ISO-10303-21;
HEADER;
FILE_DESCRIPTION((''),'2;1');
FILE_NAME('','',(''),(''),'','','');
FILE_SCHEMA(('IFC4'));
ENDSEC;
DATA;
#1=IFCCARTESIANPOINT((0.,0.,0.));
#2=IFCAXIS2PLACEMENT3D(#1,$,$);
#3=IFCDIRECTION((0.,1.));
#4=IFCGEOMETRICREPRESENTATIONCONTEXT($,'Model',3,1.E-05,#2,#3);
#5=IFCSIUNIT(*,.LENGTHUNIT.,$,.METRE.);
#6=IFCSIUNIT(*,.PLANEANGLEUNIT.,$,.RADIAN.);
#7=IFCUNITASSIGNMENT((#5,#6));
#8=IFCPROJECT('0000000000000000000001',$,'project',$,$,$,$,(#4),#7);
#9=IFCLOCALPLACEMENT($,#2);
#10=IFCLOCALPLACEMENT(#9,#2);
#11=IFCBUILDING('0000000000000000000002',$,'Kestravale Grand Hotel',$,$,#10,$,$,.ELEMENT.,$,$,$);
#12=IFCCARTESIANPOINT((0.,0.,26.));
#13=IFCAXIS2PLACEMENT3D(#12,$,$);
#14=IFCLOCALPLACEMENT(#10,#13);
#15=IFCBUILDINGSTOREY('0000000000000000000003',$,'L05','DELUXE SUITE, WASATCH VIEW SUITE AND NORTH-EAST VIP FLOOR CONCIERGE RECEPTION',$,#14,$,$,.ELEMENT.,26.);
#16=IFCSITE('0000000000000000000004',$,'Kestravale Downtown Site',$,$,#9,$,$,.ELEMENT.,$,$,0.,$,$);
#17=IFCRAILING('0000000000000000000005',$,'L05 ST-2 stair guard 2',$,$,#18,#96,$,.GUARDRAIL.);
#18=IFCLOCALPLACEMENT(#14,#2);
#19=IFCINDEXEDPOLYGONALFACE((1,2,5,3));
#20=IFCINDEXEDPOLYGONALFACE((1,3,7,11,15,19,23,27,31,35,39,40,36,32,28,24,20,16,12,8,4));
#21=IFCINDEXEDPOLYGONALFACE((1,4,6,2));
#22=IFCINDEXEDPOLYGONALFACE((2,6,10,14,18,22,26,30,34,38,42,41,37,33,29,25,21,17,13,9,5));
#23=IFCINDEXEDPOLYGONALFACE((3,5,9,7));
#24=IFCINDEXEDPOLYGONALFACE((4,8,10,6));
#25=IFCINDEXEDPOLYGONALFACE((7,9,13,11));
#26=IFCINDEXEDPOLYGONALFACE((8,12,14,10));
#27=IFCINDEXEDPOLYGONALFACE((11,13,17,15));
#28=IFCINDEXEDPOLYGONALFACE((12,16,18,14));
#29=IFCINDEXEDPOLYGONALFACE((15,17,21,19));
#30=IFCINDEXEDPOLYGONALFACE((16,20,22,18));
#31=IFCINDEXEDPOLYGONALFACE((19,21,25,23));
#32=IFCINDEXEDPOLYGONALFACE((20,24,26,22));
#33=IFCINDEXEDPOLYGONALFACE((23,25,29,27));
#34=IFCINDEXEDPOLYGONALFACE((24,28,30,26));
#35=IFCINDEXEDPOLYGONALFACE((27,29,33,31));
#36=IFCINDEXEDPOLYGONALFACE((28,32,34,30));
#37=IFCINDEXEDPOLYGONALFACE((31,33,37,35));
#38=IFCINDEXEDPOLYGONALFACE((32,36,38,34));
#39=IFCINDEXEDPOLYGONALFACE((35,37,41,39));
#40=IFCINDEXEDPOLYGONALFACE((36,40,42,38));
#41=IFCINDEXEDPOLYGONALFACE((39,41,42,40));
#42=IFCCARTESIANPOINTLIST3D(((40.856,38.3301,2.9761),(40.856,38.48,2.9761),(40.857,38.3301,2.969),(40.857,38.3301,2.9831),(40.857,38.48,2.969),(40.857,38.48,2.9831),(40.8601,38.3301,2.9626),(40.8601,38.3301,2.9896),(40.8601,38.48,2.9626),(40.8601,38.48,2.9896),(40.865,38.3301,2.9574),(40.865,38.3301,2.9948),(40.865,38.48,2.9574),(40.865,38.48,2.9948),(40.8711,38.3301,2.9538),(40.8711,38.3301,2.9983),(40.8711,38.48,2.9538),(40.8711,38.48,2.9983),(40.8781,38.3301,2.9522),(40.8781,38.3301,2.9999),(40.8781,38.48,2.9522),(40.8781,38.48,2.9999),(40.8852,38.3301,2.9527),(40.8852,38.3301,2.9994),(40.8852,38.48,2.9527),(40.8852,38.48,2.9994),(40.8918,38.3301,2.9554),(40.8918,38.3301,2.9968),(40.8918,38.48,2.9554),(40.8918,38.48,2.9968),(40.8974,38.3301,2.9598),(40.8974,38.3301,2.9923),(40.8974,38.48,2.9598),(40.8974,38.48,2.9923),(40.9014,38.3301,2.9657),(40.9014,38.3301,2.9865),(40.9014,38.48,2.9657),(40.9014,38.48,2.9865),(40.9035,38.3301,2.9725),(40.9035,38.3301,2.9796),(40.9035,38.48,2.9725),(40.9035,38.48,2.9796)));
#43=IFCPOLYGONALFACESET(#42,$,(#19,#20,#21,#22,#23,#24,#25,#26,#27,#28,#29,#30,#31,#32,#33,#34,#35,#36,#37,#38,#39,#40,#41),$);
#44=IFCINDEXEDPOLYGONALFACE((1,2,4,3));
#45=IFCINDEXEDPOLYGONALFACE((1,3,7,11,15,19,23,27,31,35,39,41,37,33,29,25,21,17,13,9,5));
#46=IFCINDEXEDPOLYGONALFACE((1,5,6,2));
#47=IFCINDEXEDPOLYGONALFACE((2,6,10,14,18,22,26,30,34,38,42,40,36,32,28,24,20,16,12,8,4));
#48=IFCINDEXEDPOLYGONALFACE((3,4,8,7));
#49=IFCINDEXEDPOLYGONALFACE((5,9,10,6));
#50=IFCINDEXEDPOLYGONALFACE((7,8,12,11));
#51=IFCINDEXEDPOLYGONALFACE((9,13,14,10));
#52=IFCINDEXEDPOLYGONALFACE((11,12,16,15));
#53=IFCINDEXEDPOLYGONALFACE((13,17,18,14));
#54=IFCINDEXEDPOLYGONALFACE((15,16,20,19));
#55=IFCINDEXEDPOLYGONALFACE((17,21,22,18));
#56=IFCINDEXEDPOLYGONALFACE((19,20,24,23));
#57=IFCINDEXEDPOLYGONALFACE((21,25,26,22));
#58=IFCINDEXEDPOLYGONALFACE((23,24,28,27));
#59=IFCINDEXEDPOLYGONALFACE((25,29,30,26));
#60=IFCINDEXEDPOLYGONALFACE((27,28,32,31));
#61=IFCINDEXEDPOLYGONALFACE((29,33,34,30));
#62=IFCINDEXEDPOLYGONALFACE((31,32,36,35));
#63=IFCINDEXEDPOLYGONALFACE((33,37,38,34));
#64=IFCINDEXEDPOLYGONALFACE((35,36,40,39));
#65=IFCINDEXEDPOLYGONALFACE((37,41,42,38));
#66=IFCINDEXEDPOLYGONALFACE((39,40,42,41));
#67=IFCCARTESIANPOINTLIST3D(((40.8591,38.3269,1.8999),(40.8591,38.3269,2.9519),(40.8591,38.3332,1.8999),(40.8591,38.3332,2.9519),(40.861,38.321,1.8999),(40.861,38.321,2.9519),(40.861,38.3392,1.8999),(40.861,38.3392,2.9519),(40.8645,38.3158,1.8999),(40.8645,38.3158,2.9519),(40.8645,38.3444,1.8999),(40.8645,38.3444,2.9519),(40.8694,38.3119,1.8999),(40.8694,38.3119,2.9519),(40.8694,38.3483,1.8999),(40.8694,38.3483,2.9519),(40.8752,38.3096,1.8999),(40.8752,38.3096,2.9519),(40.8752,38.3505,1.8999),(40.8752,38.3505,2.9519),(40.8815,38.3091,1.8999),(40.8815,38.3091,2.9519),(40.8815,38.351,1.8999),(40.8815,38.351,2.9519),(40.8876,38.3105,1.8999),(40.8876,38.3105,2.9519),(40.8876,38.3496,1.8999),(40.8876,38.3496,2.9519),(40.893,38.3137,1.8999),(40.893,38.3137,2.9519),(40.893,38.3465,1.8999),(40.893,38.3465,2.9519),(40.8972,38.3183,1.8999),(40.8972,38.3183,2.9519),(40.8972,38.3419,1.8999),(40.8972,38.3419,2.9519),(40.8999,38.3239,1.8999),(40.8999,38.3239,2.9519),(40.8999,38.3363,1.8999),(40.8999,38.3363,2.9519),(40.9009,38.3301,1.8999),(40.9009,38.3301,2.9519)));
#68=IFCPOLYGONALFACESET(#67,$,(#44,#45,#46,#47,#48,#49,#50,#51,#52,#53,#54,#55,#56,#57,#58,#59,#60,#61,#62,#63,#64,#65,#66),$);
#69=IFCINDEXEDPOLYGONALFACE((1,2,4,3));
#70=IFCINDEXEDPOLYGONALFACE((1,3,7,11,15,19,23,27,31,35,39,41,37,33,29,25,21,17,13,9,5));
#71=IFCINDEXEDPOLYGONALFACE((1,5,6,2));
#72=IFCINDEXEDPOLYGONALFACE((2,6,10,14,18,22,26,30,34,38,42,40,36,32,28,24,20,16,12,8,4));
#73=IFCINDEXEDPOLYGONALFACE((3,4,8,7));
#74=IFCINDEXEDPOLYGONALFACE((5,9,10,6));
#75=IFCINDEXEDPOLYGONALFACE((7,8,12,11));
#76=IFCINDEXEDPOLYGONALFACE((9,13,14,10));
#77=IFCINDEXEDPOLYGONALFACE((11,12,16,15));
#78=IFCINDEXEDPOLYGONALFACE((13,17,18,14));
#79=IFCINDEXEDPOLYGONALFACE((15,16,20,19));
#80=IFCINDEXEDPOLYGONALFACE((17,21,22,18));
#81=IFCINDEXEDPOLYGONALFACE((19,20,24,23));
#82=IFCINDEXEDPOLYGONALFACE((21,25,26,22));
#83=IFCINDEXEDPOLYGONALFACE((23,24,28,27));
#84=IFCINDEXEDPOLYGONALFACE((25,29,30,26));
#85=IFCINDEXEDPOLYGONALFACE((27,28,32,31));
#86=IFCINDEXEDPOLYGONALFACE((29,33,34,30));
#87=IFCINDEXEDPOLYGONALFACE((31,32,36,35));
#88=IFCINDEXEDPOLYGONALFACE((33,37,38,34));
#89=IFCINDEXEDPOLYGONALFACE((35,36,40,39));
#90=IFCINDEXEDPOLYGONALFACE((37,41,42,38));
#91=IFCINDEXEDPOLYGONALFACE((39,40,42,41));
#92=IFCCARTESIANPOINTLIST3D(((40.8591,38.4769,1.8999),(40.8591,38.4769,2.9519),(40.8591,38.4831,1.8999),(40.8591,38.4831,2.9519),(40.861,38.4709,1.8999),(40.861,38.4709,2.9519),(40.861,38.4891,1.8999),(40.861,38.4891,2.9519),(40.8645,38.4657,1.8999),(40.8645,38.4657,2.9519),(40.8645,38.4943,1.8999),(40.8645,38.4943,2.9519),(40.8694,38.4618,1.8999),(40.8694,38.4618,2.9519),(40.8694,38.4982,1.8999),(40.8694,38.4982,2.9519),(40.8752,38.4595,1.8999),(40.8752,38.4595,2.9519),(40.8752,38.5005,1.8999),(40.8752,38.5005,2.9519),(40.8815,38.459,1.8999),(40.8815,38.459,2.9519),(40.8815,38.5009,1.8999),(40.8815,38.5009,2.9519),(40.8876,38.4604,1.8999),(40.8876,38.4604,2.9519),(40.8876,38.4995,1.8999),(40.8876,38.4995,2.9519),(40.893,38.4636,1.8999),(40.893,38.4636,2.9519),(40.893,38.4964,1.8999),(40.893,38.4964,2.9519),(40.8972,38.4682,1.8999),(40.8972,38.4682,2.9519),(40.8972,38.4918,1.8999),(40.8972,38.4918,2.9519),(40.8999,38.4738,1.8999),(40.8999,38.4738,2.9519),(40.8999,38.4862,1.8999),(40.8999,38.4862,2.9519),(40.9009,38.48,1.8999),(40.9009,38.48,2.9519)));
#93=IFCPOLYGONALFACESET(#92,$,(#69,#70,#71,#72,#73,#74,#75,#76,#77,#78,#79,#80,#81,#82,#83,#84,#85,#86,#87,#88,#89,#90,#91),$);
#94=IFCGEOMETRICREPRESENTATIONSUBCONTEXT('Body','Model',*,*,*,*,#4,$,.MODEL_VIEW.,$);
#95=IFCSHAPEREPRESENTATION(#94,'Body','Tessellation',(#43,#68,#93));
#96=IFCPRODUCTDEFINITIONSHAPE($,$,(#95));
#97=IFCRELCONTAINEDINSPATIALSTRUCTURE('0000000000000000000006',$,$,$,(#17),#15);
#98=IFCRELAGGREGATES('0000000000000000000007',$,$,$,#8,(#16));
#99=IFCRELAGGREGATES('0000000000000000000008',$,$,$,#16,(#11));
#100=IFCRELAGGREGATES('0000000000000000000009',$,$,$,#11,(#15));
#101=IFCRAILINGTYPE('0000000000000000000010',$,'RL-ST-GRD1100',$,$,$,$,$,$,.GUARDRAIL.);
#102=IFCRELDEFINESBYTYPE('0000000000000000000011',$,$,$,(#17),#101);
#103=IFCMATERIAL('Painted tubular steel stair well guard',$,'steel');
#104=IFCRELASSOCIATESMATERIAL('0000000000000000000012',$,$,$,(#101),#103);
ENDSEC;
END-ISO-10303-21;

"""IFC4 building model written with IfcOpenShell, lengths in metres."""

from ifc_helpers import new_model, si_unit, direction, frame, origin, origin_2d, place, context, subcontext, project, spatial, circle, extrude, material, type_object, element, save


model = new_model("IFC4")

# Units and contexts
model_context = context("Model", 3, precision=1e-05, world=origin(), true_north=direction((0.0, 1.0)))
body_context = subcontext(model_context, "Body", "Model", "MODEL_VIEW")
ifc_project = project(units=[si_unit("LENGTHUNIT", "METRE"), si_unit("PLANEANGLEUNIT", "RADIAN")], contexts=[model_context])

# Site, building, storey
site_placement = place(None, origin())
site = spatial("IfcSite", under=ifc_project, at=site_placement, Name="Kestravale Downtown Site", CompositionType="ELEMENT", RefElevation=0.0)
building_placement = place(site_placement, origin())
building = spatial("IfcBuilding", under=site, at=building_placement, Name="Kestravale Grand Hotel", CompositionType="ELEMENT")
storey_placement = place(building_placement, frame((0.0, 0.0, 26.0)))
storey = spatial("IfcBuildingStorey", under=building, at=storey_placement, Name="L05", Description="DELUXE SUITE, WASATCH VIEW SUITE AND NORTH-EAST VIP FLOOR CONCIERGE RECEPTION", CompositionType="ELEMENT", Elevation=26.0)

# Railing
ifc_material_1 = material(Name="Painted tubular steel stair well guard", Category="steel")
railing_type_1 = type_object("IfcRailingType", Name="RL-ST-GRD1100", PredefinedType="GUARDRAIL", material=ifc_material_1)
railing_1_placement = place(storey_placement, frame((40.8799, 38.3301, 1.8999)))
element("IfcRailing", 1, at=railing_1_placement, inside=storey, type_object=railing_type_1, Name="L05 ST-2 stair guard 2", PredefinedType="GUARDRAIL", context=body_context, shape_type="SweptSolid", body=[
    extrude(circle(Radius=0.0239, at=origin_2d()), frame((0.0, 0.0, 1.0762), z_axis=(0.0, 1.0, 0.0), x_axis=(-1.0, 0.0, 0.0)), (0.0, 0.0, 1.0), 0.1499),
    extrude(circle(Radius=0.021, at=origin_2d()), origin(), (0.0, 0.0, 1.0), 1.052),
    extrude(circle(Radius=0.021, at=origin_2d()), frame((0.0, 0.1499, 0.0)), (0.0, 0.0, 1.0), 1.052),
])

save(model, "model.ifc")
